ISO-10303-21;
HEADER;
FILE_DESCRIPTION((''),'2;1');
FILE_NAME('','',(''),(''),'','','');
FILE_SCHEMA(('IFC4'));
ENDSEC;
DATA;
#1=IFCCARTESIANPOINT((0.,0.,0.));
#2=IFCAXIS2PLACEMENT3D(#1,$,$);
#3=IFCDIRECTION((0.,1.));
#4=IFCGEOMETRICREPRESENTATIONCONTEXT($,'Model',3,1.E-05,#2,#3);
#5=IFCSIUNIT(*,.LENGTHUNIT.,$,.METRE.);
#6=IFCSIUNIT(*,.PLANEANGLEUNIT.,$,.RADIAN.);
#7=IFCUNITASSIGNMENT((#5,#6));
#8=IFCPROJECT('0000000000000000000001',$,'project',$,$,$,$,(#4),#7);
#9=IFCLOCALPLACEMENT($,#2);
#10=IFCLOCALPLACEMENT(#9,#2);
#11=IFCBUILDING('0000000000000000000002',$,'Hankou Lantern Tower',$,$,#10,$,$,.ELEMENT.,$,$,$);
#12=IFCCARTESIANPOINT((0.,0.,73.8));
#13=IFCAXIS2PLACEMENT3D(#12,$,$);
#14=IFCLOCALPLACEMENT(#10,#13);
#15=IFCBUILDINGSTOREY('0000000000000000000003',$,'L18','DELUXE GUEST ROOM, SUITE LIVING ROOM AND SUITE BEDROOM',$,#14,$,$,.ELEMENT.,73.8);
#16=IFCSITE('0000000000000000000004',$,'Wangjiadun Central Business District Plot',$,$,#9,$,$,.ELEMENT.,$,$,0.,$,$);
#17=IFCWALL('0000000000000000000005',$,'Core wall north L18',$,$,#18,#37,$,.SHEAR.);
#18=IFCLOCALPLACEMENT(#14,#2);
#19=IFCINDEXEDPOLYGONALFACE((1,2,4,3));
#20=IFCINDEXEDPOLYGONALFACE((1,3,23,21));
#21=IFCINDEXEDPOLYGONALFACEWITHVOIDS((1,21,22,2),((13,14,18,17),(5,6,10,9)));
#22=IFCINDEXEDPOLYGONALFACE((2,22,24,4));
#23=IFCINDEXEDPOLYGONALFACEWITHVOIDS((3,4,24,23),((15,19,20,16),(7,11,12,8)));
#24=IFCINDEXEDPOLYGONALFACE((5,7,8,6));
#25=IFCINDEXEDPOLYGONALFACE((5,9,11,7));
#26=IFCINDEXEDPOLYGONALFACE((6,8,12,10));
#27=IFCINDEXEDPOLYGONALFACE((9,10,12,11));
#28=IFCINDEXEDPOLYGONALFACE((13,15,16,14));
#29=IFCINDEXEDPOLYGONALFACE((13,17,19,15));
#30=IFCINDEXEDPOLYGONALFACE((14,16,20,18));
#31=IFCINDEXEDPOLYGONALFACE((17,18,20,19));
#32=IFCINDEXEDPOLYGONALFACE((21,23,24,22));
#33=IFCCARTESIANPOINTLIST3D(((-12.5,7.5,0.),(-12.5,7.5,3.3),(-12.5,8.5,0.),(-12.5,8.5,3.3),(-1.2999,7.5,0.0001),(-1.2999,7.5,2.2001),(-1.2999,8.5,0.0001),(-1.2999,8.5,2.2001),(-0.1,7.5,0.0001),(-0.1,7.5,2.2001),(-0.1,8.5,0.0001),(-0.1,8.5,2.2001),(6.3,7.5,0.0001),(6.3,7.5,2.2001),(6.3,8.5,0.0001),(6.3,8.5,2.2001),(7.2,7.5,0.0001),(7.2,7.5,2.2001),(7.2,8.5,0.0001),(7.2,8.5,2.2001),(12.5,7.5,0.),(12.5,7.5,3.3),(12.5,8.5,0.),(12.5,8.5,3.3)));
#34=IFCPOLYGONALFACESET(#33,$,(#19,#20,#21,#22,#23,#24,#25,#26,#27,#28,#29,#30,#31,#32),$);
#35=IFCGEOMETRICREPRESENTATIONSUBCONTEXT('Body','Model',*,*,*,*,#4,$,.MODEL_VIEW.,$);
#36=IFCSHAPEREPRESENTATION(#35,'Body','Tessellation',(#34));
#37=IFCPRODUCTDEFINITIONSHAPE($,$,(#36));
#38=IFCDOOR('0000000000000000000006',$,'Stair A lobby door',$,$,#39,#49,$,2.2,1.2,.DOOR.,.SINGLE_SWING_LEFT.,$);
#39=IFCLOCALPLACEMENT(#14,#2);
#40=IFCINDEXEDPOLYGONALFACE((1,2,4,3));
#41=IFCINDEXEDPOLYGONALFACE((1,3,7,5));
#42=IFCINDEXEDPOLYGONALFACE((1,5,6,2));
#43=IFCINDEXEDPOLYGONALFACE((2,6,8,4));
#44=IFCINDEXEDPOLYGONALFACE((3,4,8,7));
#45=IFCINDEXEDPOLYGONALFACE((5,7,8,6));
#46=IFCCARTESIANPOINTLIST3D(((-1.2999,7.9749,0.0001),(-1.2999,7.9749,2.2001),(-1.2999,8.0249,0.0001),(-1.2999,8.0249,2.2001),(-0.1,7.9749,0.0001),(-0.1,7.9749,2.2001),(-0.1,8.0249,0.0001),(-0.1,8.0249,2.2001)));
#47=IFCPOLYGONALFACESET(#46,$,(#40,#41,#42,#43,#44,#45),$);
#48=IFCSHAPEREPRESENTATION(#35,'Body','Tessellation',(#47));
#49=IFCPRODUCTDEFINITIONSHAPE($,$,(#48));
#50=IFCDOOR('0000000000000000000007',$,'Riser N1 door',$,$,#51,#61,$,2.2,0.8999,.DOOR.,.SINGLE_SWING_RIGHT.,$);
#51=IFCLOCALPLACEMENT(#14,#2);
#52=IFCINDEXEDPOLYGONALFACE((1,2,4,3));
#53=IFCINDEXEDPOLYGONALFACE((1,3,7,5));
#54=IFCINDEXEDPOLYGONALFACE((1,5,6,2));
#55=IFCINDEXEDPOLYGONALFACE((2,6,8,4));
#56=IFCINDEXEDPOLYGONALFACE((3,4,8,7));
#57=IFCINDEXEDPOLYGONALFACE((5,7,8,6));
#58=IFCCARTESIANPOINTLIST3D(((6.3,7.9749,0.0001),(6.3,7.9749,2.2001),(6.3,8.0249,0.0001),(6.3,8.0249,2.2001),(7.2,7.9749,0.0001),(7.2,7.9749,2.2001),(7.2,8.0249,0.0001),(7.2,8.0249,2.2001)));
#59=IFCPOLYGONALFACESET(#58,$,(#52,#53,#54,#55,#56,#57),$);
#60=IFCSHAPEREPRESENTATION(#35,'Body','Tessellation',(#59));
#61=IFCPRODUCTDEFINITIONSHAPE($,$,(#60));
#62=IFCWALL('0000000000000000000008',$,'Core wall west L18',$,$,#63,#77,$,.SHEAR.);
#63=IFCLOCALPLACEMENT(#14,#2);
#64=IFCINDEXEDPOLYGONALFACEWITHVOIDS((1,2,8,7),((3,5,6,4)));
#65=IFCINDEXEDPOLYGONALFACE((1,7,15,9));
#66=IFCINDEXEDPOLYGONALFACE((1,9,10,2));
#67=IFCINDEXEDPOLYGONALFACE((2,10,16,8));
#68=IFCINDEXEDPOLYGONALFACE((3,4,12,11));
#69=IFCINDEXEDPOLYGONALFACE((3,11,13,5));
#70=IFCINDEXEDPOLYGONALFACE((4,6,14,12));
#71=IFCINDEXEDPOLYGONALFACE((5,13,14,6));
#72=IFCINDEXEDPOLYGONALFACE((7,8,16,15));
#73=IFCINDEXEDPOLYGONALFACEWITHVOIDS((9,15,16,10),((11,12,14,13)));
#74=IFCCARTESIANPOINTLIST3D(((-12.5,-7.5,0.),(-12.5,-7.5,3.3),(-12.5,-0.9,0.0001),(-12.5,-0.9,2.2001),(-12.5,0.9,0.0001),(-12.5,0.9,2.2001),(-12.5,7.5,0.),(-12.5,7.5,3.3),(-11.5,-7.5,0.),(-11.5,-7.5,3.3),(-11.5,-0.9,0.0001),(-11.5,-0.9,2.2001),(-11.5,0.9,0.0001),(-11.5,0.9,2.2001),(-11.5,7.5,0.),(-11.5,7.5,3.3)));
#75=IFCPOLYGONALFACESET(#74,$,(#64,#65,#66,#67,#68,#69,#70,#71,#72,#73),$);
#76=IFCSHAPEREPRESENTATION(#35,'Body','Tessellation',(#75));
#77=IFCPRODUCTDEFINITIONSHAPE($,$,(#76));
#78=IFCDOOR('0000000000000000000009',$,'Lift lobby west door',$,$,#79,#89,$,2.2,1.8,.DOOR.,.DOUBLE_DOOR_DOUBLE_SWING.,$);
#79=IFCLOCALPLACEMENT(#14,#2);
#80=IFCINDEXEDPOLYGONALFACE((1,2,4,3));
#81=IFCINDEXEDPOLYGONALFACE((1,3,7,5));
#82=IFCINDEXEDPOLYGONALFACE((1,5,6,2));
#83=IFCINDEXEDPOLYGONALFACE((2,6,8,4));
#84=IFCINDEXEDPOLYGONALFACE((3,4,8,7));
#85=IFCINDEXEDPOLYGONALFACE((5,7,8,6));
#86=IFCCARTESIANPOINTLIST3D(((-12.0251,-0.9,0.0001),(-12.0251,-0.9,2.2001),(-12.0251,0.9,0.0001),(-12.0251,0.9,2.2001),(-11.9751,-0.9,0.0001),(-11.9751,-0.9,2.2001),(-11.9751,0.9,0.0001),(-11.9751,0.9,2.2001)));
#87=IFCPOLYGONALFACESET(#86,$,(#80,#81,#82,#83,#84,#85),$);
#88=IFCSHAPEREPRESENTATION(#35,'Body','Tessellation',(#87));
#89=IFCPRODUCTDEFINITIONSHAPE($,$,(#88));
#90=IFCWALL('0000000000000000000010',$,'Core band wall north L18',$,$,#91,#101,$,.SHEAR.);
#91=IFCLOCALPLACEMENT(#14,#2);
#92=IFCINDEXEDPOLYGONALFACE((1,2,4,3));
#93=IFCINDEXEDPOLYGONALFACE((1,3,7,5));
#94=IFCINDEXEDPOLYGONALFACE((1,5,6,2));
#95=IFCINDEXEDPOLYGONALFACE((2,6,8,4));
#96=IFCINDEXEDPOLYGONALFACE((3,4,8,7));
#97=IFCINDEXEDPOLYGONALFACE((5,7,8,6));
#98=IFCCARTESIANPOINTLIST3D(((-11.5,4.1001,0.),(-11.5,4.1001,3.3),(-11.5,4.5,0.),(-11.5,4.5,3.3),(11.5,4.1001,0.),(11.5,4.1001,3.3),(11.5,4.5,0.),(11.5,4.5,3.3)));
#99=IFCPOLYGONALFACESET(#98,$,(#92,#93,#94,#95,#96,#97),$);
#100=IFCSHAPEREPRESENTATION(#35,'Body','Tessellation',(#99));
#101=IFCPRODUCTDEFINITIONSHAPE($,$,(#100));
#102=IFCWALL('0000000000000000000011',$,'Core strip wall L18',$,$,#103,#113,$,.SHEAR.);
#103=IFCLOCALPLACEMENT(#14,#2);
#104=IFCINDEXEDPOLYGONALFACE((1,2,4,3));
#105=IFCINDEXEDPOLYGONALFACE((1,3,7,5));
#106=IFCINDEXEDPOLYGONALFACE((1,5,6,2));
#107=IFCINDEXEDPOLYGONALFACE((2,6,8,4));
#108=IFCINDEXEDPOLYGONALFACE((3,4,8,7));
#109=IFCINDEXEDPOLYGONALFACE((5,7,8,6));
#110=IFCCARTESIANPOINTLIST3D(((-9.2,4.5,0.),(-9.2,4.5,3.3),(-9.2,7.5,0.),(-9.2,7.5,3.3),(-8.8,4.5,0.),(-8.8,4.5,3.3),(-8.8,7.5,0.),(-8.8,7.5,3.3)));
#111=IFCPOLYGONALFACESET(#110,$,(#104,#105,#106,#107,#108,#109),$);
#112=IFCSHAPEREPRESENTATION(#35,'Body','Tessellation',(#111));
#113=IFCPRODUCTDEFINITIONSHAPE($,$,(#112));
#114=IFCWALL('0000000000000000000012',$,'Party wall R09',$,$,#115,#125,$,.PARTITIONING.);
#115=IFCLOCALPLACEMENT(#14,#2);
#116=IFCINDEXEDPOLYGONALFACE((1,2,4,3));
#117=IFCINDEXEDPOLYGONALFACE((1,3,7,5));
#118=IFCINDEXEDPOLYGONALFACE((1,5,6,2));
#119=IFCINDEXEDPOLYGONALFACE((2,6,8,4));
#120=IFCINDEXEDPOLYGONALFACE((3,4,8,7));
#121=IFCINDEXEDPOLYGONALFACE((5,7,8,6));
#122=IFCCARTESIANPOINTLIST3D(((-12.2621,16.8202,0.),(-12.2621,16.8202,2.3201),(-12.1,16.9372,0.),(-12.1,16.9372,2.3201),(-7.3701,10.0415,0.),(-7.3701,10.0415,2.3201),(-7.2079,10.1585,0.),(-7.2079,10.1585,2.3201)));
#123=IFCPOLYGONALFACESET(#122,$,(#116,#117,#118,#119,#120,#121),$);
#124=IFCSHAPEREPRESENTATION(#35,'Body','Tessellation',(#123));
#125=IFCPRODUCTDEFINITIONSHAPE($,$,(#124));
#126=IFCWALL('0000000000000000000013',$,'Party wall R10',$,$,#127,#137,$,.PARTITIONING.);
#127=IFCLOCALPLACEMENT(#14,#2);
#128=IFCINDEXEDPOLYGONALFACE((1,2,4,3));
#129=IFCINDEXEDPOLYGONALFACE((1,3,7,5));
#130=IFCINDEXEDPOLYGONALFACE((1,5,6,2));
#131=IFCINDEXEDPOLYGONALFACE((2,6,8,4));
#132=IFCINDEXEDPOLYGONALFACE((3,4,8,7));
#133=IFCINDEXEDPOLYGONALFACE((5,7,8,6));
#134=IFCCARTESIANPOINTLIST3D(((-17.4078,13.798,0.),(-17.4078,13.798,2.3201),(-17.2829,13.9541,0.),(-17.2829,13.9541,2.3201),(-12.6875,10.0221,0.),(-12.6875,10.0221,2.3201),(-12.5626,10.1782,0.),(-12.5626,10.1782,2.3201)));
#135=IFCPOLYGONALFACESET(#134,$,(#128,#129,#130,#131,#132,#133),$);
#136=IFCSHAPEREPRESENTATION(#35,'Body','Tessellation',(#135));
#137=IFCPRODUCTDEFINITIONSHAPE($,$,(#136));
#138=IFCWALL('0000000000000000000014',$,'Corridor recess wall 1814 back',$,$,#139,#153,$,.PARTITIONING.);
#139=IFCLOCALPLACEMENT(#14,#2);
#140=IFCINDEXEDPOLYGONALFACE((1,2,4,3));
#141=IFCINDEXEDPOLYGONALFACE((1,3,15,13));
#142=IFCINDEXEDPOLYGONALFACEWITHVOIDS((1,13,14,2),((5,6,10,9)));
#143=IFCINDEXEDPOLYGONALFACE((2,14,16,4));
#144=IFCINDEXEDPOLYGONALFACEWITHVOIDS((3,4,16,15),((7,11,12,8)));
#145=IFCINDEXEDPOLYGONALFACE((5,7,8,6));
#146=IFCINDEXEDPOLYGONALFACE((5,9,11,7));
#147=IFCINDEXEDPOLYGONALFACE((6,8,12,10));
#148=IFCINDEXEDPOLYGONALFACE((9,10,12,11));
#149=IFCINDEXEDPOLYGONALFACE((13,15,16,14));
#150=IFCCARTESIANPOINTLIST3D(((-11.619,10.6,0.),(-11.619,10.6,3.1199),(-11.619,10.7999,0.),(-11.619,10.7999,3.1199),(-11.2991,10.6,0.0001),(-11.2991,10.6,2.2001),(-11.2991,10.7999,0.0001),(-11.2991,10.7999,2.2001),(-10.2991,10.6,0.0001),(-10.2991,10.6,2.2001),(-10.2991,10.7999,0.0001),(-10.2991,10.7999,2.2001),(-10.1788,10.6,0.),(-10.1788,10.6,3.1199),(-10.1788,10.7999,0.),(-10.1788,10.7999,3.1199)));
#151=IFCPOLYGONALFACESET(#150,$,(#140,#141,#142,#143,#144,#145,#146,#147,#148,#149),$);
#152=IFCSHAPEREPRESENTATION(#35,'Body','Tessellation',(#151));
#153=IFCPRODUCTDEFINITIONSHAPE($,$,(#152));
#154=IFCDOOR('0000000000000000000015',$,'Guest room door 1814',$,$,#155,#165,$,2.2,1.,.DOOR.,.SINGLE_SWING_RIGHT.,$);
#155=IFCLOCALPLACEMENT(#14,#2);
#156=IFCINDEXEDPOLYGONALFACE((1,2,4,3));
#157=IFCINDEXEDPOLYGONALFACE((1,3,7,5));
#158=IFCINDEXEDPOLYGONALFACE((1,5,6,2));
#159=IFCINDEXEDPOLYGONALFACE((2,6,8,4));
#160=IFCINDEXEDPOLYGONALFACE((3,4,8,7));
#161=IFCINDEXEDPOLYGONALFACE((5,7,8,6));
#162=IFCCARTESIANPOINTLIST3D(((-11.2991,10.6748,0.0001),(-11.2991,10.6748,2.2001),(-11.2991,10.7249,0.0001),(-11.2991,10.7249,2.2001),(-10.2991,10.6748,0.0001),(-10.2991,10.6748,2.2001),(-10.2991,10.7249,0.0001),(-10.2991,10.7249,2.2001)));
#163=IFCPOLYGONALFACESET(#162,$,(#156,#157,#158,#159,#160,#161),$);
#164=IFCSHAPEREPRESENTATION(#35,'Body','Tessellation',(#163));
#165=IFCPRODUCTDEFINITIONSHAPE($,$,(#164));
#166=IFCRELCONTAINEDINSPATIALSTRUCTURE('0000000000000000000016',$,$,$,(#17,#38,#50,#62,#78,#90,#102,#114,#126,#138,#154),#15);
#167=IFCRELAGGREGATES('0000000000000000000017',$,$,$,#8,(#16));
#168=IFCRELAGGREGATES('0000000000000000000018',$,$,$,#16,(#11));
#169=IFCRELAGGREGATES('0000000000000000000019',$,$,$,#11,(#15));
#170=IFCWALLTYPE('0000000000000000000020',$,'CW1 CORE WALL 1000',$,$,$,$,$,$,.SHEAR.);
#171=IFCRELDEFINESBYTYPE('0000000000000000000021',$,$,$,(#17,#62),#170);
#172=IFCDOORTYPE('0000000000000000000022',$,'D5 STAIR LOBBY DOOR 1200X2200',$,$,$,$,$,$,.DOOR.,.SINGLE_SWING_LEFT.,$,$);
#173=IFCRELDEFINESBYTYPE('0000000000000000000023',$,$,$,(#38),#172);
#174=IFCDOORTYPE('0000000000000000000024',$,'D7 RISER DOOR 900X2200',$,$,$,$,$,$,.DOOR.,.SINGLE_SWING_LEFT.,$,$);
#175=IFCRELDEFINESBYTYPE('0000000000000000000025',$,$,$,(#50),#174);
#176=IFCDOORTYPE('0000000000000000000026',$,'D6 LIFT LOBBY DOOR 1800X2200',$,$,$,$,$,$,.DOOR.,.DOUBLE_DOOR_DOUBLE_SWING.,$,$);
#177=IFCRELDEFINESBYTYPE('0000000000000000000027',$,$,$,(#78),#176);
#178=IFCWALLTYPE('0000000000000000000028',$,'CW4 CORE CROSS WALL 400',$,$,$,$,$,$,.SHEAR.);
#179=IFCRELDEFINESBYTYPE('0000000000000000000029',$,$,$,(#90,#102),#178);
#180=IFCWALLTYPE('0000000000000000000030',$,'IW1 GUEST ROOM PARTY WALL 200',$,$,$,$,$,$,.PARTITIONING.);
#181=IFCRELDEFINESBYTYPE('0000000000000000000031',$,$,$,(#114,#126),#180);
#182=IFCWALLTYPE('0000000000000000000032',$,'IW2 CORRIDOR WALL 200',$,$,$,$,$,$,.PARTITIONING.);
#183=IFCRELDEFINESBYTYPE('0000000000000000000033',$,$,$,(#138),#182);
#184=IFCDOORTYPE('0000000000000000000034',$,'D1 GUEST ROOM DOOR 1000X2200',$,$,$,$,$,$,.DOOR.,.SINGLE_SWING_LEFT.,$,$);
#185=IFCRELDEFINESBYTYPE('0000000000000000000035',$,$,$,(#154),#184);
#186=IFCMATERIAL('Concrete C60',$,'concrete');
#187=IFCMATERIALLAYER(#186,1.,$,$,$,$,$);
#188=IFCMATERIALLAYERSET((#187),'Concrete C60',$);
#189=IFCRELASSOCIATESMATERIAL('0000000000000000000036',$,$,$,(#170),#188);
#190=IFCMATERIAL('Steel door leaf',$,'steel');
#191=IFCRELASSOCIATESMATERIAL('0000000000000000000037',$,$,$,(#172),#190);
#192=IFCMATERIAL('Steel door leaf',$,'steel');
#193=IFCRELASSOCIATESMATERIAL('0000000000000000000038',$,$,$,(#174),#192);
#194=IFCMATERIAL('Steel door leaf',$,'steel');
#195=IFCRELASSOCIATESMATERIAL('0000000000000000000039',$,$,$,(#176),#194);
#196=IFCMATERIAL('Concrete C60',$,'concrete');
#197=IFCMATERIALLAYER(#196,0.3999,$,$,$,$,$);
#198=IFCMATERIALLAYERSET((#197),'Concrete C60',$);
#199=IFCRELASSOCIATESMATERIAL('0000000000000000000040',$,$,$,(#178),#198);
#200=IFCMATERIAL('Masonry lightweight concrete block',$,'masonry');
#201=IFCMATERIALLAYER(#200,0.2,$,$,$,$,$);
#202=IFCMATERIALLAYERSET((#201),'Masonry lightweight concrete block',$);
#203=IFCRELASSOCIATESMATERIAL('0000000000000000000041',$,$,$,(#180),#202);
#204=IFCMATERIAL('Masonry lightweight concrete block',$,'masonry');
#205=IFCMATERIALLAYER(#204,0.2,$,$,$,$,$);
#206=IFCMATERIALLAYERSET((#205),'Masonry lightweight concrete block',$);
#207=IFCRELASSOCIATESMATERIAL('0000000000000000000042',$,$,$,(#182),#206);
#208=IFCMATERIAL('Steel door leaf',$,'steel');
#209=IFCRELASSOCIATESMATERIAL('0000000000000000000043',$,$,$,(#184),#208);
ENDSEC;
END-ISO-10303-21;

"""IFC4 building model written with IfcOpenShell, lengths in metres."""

from ifc_helpers import new_model, si_unit, direction, frame, frame_2d, origin, place, context, subcontext, project, spatial, rectangle, extrude, material, layer, layer_set, type_object, element, fill, save


model = new_model("IFC4")

# Units and contexts
model_context = context("Model", 3, precision=1e-05, world=origin(), true_north=direction((0.0, 1.0)))
body_context = subcontext(model_context, "Body", "Model", "MODEL_VIEW")
ifc_project = project(units=[si_unit("LENGTHUNIT", "METRE"), si_unit("PLANEANGLEUNIT", "RADIAN")], contexts=[model_context])

# Site, building, storey
site_placement = place(None, origin())
site = spatial("IfcSite", under=ifc_project, at=site_placement, Name="Wangjiadun Central Business District Plot", CompositionType="ELEMENT", RefElevation=0.0)
building_placement = place(site_placement, origin())
building = spatial("IfcBuilding", under=site, at=building_placement, Name="Hankou Lantern Tower", CompositionType="ELEMENT")
storey_placement = place(building_placement, frame((0.0, 0.0, 73.8)))
storey = spatial("IfcBuildingStorey", under=building, at=storey_placement, Name="L18", Description="DELUXE GUEST ROOM, SUITE LIVING ROOM AND SUITE BEDROOM", CompositionType="ELEMENT", Elevation=73.8)

# Wall, openings, doors
ifc_material_1 = material(Name="Concrete C60", Category="concrete")
ifc_layer_1 = layer(ifc_material_1, 1.0)
ifc_layer_set_1 = layer_set([ifc_layer_1], Name="Concrete C60")
wall_type_1 = type_object("IfcWallType", Name="CW1 CORE WALL 1000", PredefinedType="SHEAR", material=ifc_layer_set_1)
wall_1_placement = place(storey_placement, frame((-12.5, 8.0, 0.0), z_axis=(0.0, 0.0, 1.0), x_axis=(1.0, 0.0, 0.0)))
wall_1 = element("IfcWall", 1, at=wall_1_placement, inside=storey, type_object=wall_type_1, Name="Core wall north L18", PredefinedType="SHEAR", context=body_context, shape_type="SweptSolid", body=[
    extrude(rectangle(XDim=25.0, YDim=1.0, at=frame_2d((12.5, 0.0))), origin(), (0.0, 0.0, 1.0), 3.3),
])
opening_1_placement = place(wall_1_placement, frame((11.2, 0.0, 0.0)))
opening_1 = element("IfcOpeningElement", 2, at=opening_1_placement, cuts=wall_1, PredefinedType="OPENING", context=body_context, shape_type="SweptSolid", body=[
    extrude(rectangle(XDim=1.2, YDim=2.2, at=frame_2d((0.6001, 1.1001))), frame((0.0, 0.51, 0.0), z_axis=(0.0, -1.0, 0.0), x_axis=(1.0, 0.0, 0.0)), (0.0, 0.0, 1.0), 1.02),
])
opening_2_placement = place(wall_1_placement, frame((18.8, 0.0, 0.0)))
opening_2 = element("IfcOpeningElement", 3, at=opening_2_placement, cuts=wall_1, PredefinedType="OPENING", context=body_context, shape_type="SweptSolid", body=[
    extrude(rectangle(XDim=0.8999, YDim=2.2, at=frame_2d((0.45, 1.1001))), frame((0.0, 0.51, 0.0), z_axis=(0.0, -1.0, 0.0), x_axis=(1.0, 0.0, 0.0)), (0.0, 0.0, 1.0), 1.02),
])
ifc_material_2 = material(Name="Steel door leaf", Category="steel")
door_type_1 = type_object("IfcDoorType", Name="D5 STAIR LOBBY DOOR 1200X2200", OperationType="SINGLE_SWING_LEFT", PredefinedType="DOOR", material=ifc_material_2)
door_1_placement = place(opening_1_placement, origin())
door_1 = element("IfcDoor", 4, at=door_1_placement, inside=storey, type_object=door_type_1, Name="Stair A lobby door", OperationType="SINGLE_SWING_LEFT", OverallHeight=2.2, OverallWidth=1.2, PredefinedType="DOOR", context=body_context, shape_type="SweptSolid", body=[
    extrude(rectangle(XDim=1.2, YDim=2.2, at=frame_2d((0.6001, 1.1001))), frame((0.0, 0.0249, 0.0), z_axis=(0.0, -1.0, 0.0), x_axis=(1.0, 0.0, 0.0)), (0.0, 0.0, 1.0), 0.05),
])
fill(opening_1, door_1)
ifc_material_3 = material(Name="Steel door leaf", Category="steel")
door_type_2 = type_object("IfcDoorType", Name="D7 RISER DOOR 900X2200", OperationType="SINGLE_SWING_LEFT", PredefinedType="DOOR", material=ifc_material_3)
door_2_placement = place(opening_2_placement, origin())
door_2 = element("IfcDoor", 5, at=door_2_placement, inside=storey, type_object=door_type_2, Name="Riser N1 door", OperationType="SINGLE_SWING_RIGHT", OverallHeight=2.2, OverallWidth=0.8999, PredefinedType="DOOR", context=body_context, shape_type="SweptSolid", body=[
    extrude(rectangle(XDim=0.8999, YDim=2.2, at=frame_2d((0.45, 1.1001))), frame((0.0, 0.0249, 0.0), z_axis=(0.0, -1.0, 0.0), x_axis=(1.0, 0.0, 0.0)), (0.0, 0.0, 1.0), 0.05),
])
fill(opening_2, door_2)

# Wall, opening, door
wall_2_placement = place(storey_placement, frame((-12.0, 7.5, 0.0), z_axis=(0.0, 0.0, 1.0), x_axis=(0.0, -1.0, 0.0)))
wall_2 = element("IfcWall", 6, at=wall_2_placement, inside=storey, type_object=wall_type_1, Name="Core wall west L18", PredefinedType="SHEAR", context=body_context, shape_type="SweptSolid", body=[
    extrude(rectangle(XDim=15.0, YDim=1.0, at=frame_2d((7.5, 0.0))), origin(), (0.0, 0.0, 1.0), 3.3),
])
opening_3_placement = place(wall_2_placement, frame((6.6001, 0.0, 0.0)))
opening_3 = element("IfcOpeningElement", 7, at=opening_3_placement, cuts=wall_2, PredefinedType="OPENING", context=body_context, shape_type="SweptSolid", body=[
    extrude(rectangle(XDim=1.8, YDim=2.2, at=frame_2d((0.8999, 1.1001))), frame((0.0, 0.51, 0.0), z_axis=(0.0, -1.0, 0.0), x_axis=(1.0, 0.0, 0.0)), (0.0, 0.0, 1.0), 1.02),
])
ifc_material_4 = material(Name="Steel door leaf", Category="steel")
door_type_3 = type_object("IfcDoorType", Name="D6 LIFT LOBBY DOOR 1800X2200", OperationType="DOUBLE_DOOR_DOUBLE_SWING", PredefinedType="DOOR", material=ifc_material_4)
door_3_placement = place(opening_3_placement, origin())
door_3 = element("IfcDoor", 8, at=door_3_placement, inside=storey, type_object=door_type_3, Name="Lift lobby west door", OperationType="DOUBLE_DOOR_DOUBLE_SWING", OverallHeight=2.2, OverallWidth=1.8, PredefinedType="DOOR", context=body_context, shape_type="SweptSolid", body=[
    extrude(rectangle(XDim=1.8, YDim=2.2, at=frame_2d((0.8999, 1.1001))), frame((0.0, 0.0249, 0.0), z_axis=(0.0, -1.0, 0.0), x_axis=(1.0, 0.0, 0.0)), (0.0, 0.0, 1.0), 0.05),
])
fill(opening_3, door_3)

# Walls
ifc_material_5 = material(Name="Concrete C60", Category="concrete")
ifc_layer_2 = layer(ifc_material_5, 0.3999)
ifc_layer_set_2 = layer_set([ifc_layer_2], Name="Concrete C60")
wall_type_2 = type_object("IfcWallType", Name="CW4 CORE CROSS WALL 400", PredefinedType="SHEAR", material=ifc_layer_set_2)
wall_3_placement = place(storey_placement, frame((-11.5, 4.3, 0.0), z_axis=(0.0, 0.0, 1.0), x_axis=(1.0, 0.0, 0.0)))
element("IfcWall", 9, at=wall_3_placement, inside=storey, type_object=wall_type_2, Name="Core band wall north L18", PredefinedType="SHEAR", context=body_context, shape_type="SweptSolid", body=[
    extrude(rectangle(XDim=23.0, YDim=0.3999, at=frame_2d((11.5, 0.0))), origin(), (0.0, 0.0, 1.0), 3.3),
])
wall_4_placement = place(storey_placement, frame((-9.0, 4.5, 0.0), z_axis=(0.0, 0.0, 1.0), x_axis=(0.0, 1.0, 0.0)))
element("IfcWall", 10, at=wall_4_placement, inside=storey, type_object=wall_type_2, Name="Core strip wall L18", PredefinedType="SHEAR", context=body_context, shape_type="SweptSolid", body=[
    extrude(rectangle(XDim=3.0, YDim=0.3999, at=frame_2d((1.5, 0.0))), origin(), (0.0, 0.0, 1.0), 3.3),
])
ifc_material_6 = material(Name="Masonry lightweight concrete block", Category="masonry")
ifc_layer_3 = layer(ifc_material_6, 0.2)
ifc_layer_set_3 = layer_set([ifc_layer_3], Name="Masonry lightweight concrete block")
wall_type_3 = type_object("IfcWallType", Name="IW1 GUEST ROOM PARTY WALL 200", PredefinedType="PARTITIONING", material=ifc_layer_set_3)
wall_5_placement = place(storey_placement, frame((-7.2891, 10.1001, 0.0), z_axis=(0.0, 0.0, 1.0), x_axis=(-0.585198, 0.81089, 0.0)))
element("IfcWall", 11, at=wall_5_placement, inside=storey, type_object=wall_type_3, Name="Party wall R09", PredefinedType="PARTITIONING", context=body_context, shape_type="SweptSolid", body=[
    extrude(rectangle(XDim=8.3596, YDim=0.2, at=frame_2d((4.1797, 0.0))), origin(), (0.0, 0.0, 1.0), 2.3201),
])
wall_6_placement = place(storey_placement, frame((-12.625, 10.1001, 0.0), z_axis=(0.0, 0.0, 1.0), x_axis=(-0.780892, 0.624665, 0.0)))
element("IfcWall", 12, at=wall_6_placement, inside=storey, type_object=wall_type_3, Name="Party wall R10", PredefinedType="PARTITIONING", context=body_context, shape_type="SweptSolid", body=[
    extrude(rectangle(XDim=6.0447, YDim=0.2, at=frame_2d((3.0225, 0.0))), origin(), (0.0, 0.0, 1.0), 2.3201),
])

# Wall, opening, door
ifc_material_7 = material(Name="Masonry lightweight concrete block", Category="masonry")
ifc_layer_4 = layer(ifc_material_7, 0.2)
ifc_layer_set_4 = layer_set([ifc_layer_4], Name="Masonry lightweight concrete block")
wall_type_4 = type_object("IfcWallType", Name="IW2 CORRIDOR WALL 200", PredefinedType="PARTITIONING", material=ifc_layer_set_4)
wall_7_placement = place(storey_placement, frame((-11.6191, 10.7, 0.0), z_axis=(0.0, 0.0, 1.0), x_axis=(1.0, 0.0, 0.0)))
wall_7 = element("IfcWall", 13, at=wall_7_placement, inside=storey, type_object=wall_type_4, Name="Corridor recess wall 1814 back", PredefinedType="PARTITIONING", context=body_context, shape_type="SweptSolid", body=[
    extrude(rectangle(XDim=1.4402, YDim=0.2, at=frame_2d((0.7202, 0.0))), origin(), (0.0, 0.0, 1.0), 3.1199),
])
opening_4_placement = place(wall_7_placement, frame((0.3201, 0.0, 0.0)))
opening_4 = element("IfcOpeningElement", 14, at=opening_4_placement, cuts=wall_7, PredefinedType="OPENING", context=body_context, shape_type="SweptSolid", body=[
    extrude(rectangle(XDim=1.0, YDim=2.2, at=frame_2d((0.5, 1.1001))), frame((0.0, 0.1099, 0.0), z_axis=(0.0, -1.0, 0.0), x_axis=(1.0, 0.0, 0.0)), (0.0, 0.0, 1.0), 0.22),
])
ifc_material_8 = material(Name="Steel door leaf", Category="steel")
door_type_4 = type_object("IfcDoorType", Name="D1 GUEST ROOM DOOR 1000X2200", OperationType="SINGLE_SWING_LEFT", PredefinedType="DOOR", material=ifc_material_8)
door_4_placement = place(opening_4_placement, origin())
door_4 = element("IfcDoor", 15, at=door_4_placement, inside=storey, type_object=door_type_4, Name="Guest room door 1814", OperationType="SINGLE_SWING_RIGHT", OverallHeight=2.2, OverallWidth=1.0, PredefinedType="DOOR", context=body_context, shape_type="SweptSolid", body=[
    extrude(rectangle(XDim=1.0, YDim=2.2, at=frame_2d((0.5, 1.1001))), frame((0.0, 0.0249, 0.0), z_axis=(0.0, -1.0, 0.0), x_axis=(1.0, 0.0, 0.0)), (0.0, 0.0, 1.0), 0.05),
])
fill(opening_4, door_4)

save(model, "model.ifc")
